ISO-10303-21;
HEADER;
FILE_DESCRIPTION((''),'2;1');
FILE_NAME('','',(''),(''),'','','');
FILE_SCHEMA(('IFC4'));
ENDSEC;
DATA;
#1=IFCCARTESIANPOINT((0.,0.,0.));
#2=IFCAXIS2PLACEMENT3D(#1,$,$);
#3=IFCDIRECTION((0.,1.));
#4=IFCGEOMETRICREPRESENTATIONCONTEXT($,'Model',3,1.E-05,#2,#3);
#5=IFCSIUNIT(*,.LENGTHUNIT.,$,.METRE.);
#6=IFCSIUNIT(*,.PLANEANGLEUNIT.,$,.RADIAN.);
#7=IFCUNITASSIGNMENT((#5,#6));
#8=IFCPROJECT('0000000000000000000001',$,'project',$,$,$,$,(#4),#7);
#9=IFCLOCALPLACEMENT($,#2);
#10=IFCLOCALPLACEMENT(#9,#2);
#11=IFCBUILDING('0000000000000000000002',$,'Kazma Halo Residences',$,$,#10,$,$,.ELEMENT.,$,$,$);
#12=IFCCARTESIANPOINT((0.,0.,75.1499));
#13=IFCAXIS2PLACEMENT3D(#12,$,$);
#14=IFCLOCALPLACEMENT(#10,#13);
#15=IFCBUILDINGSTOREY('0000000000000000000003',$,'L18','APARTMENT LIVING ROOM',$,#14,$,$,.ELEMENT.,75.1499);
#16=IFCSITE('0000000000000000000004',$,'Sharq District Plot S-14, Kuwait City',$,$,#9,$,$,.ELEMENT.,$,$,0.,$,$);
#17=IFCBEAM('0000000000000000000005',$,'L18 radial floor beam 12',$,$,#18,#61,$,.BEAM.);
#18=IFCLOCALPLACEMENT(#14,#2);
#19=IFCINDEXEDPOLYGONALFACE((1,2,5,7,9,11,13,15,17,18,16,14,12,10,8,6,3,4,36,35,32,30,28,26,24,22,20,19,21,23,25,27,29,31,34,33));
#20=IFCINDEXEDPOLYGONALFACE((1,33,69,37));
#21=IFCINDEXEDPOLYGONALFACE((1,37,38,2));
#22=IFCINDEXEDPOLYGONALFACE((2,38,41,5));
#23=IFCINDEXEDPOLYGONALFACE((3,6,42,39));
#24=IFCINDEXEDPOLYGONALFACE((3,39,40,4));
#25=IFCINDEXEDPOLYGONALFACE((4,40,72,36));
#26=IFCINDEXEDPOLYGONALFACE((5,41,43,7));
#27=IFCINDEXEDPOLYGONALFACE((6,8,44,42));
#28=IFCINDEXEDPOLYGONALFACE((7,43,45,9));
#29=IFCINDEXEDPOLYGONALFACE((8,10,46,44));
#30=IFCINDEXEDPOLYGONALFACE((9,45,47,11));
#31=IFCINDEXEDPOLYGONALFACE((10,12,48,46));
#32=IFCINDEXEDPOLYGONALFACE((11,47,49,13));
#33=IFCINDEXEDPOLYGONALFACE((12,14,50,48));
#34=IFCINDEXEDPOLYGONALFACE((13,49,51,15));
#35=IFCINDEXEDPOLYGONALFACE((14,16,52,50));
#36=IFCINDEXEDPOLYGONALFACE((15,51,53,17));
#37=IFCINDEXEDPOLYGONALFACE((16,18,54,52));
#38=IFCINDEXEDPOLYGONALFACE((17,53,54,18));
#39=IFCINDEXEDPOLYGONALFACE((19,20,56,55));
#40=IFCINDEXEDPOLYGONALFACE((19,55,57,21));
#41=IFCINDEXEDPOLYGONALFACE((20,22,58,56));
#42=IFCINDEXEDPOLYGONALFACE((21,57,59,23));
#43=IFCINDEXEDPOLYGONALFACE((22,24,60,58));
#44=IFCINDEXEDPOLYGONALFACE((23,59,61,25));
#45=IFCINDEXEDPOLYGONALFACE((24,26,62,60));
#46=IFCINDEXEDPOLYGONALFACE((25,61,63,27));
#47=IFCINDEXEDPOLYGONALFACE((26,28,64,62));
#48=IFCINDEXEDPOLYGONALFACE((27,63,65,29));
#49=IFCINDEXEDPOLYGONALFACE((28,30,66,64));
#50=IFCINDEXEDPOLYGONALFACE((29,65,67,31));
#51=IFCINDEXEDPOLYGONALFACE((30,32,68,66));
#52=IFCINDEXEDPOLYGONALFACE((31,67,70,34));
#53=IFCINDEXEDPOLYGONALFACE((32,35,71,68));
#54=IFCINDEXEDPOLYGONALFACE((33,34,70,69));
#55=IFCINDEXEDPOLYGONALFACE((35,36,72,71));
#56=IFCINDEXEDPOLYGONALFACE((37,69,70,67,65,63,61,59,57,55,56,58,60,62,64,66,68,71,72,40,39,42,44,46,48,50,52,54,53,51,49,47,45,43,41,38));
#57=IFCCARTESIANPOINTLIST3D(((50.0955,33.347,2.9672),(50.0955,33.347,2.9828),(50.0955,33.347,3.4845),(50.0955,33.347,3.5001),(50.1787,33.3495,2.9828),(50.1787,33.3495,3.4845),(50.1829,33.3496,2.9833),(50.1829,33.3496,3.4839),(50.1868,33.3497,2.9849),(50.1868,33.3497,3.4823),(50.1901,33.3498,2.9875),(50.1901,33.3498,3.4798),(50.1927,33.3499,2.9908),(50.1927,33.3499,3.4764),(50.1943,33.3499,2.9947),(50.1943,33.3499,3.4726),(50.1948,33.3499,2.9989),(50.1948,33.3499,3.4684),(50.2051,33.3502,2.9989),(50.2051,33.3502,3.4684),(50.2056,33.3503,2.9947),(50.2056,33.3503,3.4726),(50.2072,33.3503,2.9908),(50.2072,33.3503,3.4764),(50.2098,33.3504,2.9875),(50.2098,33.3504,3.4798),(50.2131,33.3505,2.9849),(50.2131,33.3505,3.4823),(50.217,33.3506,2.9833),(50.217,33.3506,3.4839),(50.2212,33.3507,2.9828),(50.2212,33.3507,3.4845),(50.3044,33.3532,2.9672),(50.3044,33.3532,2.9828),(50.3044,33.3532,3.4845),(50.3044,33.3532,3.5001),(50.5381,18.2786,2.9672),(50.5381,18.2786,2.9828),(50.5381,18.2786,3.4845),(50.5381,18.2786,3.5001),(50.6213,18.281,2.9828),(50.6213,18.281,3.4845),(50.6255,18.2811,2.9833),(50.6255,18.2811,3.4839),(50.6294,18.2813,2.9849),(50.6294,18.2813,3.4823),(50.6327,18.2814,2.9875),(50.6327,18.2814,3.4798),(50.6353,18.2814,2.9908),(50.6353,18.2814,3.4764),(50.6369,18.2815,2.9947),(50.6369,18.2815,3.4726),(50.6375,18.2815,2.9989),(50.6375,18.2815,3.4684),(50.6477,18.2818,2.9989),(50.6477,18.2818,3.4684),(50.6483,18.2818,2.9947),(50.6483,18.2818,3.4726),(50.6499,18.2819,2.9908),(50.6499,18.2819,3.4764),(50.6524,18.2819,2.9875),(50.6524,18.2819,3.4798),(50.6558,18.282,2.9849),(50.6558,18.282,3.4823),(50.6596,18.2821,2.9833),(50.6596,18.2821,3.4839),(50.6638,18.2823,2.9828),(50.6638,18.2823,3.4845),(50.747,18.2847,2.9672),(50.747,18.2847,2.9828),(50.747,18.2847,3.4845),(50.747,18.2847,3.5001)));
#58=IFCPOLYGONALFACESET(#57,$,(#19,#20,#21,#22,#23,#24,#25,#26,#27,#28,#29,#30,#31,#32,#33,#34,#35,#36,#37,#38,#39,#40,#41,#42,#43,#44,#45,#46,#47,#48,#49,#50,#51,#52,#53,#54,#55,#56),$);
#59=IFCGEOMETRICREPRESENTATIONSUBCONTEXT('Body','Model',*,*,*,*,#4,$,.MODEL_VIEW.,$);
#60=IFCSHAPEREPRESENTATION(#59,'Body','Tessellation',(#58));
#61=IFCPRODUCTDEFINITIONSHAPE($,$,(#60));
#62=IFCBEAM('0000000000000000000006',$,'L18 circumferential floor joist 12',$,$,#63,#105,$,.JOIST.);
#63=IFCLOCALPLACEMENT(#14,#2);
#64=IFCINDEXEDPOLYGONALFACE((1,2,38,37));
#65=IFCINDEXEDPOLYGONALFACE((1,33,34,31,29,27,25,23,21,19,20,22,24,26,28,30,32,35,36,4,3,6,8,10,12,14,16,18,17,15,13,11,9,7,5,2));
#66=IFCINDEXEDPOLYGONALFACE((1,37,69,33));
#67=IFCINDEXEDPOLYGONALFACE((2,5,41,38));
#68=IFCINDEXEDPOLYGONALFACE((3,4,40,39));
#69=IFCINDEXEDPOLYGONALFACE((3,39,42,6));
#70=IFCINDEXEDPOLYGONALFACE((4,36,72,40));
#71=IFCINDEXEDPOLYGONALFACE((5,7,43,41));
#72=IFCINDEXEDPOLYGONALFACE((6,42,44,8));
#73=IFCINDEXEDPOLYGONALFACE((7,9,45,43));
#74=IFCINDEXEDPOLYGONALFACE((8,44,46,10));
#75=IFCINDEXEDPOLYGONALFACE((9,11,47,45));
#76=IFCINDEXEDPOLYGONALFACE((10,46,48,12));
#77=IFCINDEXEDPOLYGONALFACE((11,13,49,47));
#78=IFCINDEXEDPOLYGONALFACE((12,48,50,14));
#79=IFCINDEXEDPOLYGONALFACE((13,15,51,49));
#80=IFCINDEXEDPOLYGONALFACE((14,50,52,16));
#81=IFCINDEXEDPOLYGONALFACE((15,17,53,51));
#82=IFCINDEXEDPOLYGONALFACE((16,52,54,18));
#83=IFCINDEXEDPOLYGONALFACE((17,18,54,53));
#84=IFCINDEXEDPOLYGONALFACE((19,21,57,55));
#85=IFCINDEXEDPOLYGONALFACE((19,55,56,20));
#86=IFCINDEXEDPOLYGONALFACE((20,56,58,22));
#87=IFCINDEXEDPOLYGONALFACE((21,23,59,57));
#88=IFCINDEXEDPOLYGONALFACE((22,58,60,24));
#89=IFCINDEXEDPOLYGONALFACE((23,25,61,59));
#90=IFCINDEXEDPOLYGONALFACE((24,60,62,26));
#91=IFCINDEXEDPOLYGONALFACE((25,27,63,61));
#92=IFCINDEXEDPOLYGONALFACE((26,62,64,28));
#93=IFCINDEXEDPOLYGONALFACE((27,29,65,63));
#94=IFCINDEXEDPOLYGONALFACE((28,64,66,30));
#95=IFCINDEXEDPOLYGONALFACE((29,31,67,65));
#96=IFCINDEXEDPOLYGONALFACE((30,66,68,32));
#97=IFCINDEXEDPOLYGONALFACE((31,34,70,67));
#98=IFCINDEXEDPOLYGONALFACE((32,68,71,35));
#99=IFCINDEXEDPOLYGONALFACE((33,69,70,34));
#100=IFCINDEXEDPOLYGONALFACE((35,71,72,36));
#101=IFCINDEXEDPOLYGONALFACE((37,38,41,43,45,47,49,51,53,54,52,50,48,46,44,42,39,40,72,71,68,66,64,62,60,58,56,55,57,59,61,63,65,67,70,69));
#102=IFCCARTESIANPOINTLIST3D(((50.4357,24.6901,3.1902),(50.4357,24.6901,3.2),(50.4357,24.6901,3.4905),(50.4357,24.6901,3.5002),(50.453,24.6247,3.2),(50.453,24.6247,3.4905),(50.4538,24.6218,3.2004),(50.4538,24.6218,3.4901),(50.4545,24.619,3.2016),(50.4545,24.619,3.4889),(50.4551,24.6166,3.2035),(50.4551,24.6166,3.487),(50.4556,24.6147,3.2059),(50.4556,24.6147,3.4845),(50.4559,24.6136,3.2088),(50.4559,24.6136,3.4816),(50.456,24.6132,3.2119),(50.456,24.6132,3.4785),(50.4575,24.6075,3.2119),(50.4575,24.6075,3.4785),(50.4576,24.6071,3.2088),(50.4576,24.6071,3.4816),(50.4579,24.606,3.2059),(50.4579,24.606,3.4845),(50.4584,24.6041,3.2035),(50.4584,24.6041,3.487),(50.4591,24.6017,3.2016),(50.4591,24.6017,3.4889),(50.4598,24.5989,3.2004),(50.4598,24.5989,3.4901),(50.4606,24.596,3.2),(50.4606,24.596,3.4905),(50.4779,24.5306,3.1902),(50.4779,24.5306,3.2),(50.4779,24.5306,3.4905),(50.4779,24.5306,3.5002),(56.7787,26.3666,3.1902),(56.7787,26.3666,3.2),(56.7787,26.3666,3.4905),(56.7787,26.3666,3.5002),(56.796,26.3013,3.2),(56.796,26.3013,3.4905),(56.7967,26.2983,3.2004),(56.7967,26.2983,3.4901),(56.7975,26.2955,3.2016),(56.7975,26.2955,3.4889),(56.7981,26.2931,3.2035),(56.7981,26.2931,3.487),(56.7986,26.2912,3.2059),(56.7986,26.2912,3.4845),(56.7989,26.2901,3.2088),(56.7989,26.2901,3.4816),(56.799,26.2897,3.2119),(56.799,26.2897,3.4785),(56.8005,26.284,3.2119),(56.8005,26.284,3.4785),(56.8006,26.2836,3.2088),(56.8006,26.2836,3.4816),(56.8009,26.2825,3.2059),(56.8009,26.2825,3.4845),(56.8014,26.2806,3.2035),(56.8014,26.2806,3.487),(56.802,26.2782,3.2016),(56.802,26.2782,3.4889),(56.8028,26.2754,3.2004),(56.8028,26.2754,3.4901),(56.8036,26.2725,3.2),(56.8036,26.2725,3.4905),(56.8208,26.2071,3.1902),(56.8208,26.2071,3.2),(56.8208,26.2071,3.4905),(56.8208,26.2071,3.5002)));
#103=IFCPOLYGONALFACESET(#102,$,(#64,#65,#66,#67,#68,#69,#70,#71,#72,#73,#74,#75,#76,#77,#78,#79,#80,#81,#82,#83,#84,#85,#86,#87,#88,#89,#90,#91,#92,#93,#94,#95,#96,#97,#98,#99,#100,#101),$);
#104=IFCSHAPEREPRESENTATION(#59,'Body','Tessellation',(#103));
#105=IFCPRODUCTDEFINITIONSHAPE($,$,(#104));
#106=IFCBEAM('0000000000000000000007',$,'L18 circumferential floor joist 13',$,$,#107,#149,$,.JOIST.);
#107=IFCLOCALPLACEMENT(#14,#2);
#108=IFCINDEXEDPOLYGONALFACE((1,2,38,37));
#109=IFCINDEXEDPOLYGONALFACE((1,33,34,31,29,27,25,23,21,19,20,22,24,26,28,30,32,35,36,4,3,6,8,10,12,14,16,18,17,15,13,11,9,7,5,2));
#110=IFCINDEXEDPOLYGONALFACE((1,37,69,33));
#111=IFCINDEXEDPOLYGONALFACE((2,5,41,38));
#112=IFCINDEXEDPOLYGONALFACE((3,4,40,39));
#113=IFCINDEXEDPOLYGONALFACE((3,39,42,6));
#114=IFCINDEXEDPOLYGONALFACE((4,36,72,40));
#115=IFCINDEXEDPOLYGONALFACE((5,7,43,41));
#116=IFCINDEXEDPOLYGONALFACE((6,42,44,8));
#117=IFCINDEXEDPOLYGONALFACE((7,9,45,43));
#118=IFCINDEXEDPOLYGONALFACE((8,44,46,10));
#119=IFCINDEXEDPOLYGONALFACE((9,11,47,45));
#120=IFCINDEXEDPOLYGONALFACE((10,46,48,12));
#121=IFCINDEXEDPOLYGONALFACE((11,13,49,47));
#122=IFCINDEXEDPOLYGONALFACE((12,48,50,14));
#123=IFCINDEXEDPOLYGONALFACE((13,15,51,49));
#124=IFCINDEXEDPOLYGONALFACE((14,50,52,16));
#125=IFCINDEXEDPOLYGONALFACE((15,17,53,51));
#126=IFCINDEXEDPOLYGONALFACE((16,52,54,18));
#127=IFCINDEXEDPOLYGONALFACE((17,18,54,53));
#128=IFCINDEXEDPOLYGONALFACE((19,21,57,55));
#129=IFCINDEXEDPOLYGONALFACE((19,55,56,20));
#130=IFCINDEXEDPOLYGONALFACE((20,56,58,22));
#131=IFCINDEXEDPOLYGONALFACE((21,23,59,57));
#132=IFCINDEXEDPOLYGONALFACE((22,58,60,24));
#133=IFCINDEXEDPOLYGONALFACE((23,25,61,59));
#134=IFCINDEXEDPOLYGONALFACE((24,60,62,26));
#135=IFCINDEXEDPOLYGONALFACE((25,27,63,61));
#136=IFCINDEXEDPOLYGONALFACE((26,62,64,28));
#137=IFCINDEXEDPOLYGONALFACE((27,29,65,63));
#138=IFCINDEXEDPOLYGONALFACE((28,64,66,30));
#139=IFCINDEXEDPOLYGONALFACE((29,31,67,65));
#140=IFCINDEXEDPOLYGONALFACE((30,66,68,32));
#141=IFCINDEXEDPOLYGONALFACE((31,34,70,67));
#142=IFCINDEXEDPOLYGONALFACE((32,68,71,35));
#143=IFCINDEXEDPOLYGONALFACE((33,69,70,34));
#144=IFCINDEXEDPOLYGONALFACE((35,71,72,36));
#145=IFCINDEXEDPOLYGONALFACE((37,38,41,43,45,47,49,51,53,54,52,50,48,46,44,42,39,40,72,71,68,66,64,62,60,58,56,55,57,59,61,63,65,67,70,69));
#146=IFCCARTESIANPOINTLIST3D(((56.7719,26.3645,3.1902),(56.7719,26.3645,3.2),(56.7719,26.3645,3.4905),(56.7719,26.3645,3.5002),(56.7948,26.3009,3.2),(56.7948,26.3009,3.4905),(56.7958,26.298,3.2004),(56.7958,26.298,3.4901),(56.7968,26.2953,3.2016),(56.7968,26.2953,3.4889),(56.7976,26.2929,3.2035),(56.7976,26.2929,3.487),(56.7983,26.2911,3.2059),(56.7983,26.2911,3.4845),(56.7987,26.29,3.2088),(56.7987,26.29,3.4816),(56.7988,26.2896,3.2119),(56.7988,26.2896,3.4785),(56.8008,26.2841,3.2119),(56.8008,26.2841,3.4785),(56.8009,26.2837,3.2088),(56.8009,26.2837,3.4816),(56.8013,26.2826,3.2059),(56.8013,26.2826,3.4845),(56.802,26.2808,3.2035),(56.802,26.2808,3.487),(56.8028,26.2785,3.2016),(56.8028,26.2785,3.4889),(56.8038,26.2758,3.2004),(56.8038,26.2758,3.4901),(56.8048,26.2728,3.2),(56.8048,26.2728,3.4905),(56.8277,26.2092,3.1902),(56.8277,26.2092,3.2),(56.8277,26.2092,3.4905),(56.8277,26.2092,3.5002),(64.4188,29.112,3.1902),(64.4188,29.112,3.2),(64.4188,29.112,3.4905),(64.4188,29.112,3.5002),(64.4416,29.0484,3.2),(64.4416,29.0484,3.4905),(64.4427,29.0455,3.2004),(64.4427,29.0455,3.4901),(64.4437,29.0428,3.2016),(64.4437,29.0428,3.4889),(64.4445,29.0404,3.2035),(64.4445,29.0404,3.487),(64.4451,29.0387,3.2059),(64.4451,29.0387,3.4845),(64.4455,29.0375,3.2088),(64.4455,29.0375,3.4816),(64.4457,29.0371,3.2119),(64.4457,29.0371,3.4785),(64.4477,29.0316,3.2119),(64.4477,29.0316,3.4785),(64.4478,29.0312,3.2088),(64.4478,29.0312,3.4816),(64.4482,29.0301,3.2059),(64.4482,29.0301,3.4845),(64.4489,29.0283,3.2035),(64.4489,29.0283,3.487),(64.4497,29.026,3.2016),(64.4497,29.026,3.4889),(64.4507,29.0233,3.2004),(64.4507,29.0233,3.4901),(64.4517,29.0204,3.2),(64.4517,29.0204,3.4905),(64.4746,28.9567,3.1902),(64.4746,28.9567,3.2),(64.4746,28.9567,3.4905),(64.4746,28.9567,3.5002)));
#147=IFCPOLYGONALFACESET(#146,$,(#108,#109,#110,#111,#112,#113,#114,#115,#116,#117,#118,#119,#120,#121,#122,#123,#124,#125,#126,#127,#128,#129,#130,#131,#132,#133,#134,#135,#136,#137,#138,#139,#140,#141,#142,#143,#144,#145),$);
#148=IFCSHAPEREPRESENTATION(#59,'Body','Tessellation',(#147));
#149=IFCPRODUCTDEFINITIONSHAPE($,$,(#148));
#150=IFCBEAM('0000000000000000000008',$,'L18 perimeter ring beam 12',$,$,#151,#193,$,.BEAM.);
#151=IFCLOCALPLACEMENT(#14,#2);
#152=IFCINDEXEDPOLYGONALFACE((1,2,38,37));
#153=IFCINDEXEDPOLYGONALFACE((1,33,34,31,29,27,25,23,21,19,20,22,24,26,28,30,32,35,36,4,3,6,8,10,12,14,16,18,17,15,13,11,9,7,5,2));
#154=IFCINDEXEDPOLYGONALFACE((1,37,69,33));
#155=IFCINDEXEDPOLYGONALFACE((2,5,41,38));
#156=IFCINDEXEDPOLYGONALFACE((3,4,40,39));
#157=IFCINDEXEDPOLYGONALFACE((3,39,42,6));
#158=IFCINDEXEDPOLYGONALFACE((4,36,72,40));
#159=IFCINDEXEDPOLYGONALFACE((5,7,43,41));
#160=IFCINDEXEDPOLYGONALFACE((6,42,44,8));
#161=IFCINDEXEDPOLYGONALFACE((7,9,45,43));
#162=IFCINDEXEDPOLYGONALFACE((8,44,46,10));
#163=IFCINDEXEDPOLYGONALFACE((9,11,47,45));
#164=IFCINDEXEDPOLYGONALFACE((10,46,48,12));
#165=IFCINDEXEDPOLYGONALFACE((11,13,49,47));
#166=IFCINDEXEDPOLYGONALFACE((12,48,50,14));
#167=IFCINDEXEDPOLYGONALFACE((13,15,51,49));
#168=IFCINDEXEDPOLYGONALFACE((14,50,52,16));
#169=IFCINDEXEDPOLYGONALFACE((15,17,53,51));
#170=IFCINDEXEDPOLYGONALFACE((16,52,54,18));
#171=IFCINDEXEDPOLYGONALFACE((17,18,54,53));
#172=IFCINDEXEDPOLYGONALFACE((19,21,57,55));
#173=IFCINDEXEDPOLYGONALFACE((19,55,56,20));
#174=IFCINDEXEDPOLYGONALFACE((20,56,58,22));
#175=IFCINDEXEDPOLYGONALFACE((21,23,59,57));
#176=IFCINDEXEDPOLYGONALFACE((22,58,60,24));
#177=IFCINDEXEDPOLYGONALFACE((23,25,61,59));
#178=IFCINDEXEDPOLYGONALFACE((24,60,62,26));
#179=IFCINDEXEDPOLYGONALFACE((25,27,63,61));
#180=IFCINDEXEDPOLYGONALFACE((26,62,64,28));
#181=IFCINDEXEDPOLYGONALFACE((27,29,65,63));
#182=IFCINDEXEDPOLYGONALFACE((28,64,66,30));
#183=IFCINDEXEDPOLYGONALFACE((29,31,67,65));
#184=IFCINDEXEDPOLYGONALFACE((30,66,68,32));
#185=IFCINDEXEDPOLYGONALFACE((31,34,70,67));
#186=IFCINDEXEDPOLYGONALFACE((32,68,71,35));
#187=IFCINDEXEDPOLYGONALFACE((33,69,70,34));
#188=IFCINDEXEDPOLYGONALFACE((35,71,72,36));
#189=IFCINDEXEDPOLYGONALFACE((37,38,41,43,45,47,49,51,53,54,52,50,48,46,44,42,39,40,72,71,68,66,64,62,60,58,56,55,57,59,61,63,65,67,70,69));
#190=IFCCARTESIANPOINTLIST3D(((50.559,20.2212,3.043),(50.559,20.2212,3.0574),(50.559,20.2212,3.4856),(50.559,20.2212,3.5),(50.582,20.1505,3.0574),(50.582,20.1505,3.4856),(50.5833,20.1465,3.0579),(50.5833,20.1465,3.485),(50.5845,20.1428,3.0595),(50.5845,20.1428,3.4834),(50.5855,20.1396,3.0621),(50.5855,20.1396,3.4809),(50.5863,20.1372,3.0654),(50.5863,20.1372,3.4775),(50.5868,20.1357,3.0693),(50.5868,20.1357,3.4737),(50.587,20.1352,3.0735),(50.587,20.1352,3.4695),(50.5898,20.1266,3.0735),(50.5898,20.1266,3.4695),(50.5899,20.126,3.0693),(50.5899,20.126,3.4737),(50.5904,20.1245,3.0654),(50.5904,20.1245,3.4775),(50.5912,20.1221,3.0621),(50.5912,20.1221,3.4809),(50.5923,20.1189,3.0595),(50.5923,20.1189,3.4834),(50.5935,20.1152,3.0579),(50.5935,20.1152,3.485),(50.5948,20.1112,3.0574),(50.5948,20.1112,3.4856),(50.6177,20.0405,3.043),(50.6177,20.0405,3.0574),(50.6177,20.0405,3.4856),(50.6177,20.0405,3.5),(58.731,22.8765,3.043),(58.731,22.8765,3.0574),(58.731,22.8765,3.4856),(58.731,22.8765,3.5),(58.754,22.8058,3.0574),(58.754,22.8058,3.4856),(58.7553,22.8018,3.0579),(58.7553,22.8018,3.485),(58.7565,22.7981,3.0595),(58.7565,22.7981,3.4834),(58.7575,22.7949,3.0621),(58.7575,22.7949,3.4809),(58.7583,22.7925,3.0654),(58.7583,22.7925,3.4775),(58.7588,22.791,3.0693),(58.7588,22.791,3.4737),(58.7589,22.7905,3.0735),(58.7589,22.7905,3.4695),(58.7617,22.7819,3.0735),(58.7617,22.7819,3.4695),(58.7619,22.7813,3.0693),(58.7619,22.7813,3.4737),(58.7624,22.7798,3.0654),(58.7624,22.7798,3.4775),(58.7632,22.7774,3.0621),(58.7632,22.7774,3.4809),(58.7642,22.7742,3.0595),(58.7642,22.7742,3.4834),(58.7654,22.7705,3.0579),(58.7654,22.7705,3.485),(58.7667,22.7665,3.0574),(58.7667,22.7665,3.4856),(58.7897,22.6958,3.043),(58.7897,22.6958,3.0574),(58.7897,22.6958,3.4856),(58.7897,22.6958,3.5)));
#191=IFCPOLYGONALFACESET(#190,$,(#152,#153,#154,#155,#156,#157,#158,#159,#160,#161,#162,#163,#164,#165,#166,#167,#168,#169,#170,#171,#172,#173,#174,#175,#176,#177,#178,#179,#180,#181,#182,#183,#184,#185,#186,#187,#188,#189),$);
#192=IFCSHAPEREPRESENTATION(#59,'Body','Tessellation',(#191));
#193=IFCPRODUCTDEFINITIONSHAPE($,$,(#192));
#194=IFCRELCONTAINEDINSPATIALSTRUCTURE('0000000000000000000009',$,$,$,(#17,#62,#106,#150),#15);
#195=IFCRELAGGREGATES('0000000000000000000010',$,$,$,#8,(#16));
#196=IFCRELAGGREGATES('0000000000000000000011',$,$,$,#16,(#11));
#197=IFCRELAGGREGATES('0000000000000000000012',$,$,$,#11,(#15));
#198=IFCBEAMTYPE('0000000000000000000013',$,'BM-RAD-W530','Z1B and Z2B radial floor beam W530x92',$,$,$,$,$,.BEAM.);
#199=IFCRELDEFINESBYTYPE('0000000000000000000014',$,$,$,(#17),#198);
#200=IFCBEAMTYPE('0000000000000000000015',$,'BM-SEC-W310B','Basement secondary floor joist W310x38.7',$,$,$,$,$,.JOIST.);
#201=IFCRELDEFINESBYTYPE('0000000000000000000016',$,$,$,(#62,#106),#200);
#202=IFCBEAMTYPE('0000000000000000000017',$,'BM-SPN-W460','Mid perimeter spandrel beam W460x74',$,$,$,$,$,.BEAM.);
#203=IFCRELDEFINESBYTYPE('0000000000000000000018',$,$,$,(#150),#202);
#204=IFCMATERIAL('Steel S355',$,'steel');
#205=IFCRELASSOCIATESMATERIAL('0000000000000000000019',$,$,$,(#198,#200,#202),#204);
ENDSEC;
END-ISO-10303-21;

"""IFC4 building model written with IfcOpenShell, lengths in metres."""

from ifc_helpers import new_model, si_unit, direction, frame, origin, origin_2d, place, context, subcontext, project, spatial, i_section, extrude, material, material_profile, profile_set, type_object, element, save


model = new_model("IFC4")

# Units and contexts
model_context = context("Model", 3, precision=1e-05, world=origin(), true_north=direction((0.0, 1.0)))
body_context = subcontext(model_context, "Body", "Model", "MODEL_VIEW")
ifc_project = project(units=[si_unit("LENGTHUNIT", "METRE"), si_unit("PLANEANGLEUNIT", "RADIAN")], contexts=[model_context])

# Site, building, storey
site_placement = place(None, origin())
site = spatial("IfcSite", under=ifc_project, at=site_placement, Name="Sharq District Plot S-14, Kuwait City", CompositionType="ELEMENT", RefElevation=0.0)
building_placement = place(site_placement, origin())
building = spatial("IfcBuilding", under=site, at=building_placement, Name="Kazma Halo Residences", CompositionType="ELEMENT")
storey_placement = place(building_placement, frame((0.0, 0.0, 75.1499)))
storey = spatial("IfcBuildingStorey", under=building, at=storey_placement, Name="L18", Description="APARTMENT LIVING ROOM", CompositionType="ELEMENT", Elevation=75.1499)

# Beams
ifc_material_1 = material(Name="Steel S355", Category="steel")
ifc_material_profile_1 = material_profile(ifc_material_1, i_section(OverallWidth=0.209, OverallDepth=0.533, WebThickness=0.0103, FlangeThickness=0.0156, FilletRadius=0.0161, at=origin_2d()), Name="W530x92")
ifc_profile_set_1 = profile_set([ifc_material_profile_1], Name="Steel S355")
beam_type_1 = type_object("IfcBeamType", Name="BM-RAD-W530", Description="Z1B and Z2B radial floor beam W530x92", PredefinedType="BEAM", material=ifc_profile_set_1)
beam_1_placement = place(storey_placement, frame((50.2, 33.3501, 3.2336), z_axis=(0.029362, -0.999569, 0.0), x_axis=(0.999569, 0.029362, 0.0)))
element("IfcBeam", 1, at=beam_1_placement, inside=storey, type_object=beam_type_1, Name="L18 radial floor beam 12", PredefinedType="BEAM", context=body_context, shape_type="SweptSolid", body=[
    extrude(i_section(OverallWidth=0.209, OverallDepth=0.533, WebThickness=0.0103, FlangeThickness=0.0156, FilletRadius=0.0161, at=origin_2d()), origin(), (0.0, 0.0, 1.0), 15.075),
])
ifc_material_profile_2 = material_profile(ifc_material_1, i_section(OverallWidth=0.165, OverallDepth=0.3101, WebThickness=0.0059, FlangeThickness=0.0098, FilletRadius=0.012, at=origin_2d()), Name="W310x38.7")
ifc_profile_set_2 = profile_set([ifc_material_profile_2], Name="Steel S355")
beam_type_2 = type_object("IfcBeamType", Name="BM-SEC-W310B", Description="Basement secondary floor joist W310x38.7", PredefinedType="JOIST", material=ifc_profile_set_2)
beam_2_placement = place(storey_placement, frame((50.4568, 24.6104, 3.3452), z_axis=(0.9668, 0.255534, 0.0), x_axis=(-0.255534, 0.9668, 0.0)))
element("IfcBeam", 2, at=beam_2_placement, inside=storey, type_object=beam_type_2, Name="L18 circumferential floor joist 12", PredefinedType="JOIST", context=body_context, shape_type="SweptSolid", body=[
    extrude(i_section(OverallWidth=0.165, OverallDepth=0.3101, WebThickness=0.0059, FlangeThickness=0.0098, FilletRadius=0.012, at=origin_2d()), origin(), (0.0, 0.0, 1.0), 6.5608),
])
beam_3_placement = place(storey_placement, frame((56.7998, 26.2869, 3.3452), z_axis=(0.941097, 0.338136, 0.0), x_axis=(-0.338136, 0.941097, 0.0)))
element("IfcBeam", 3, at=beam_3_placement, inside=storey, type_object=beam_type_2, Name="L18 circumferential floor joist 13", PredefinedType="JOIST", context=body_context, shape_type="SweptSolid", body=[
    extrude(i_section(OverallWidth=0.165, OverallDepth=0.3101, WebThickness=0.0059, FlangeThickness=0.0098, FilletRadius=0.012, at=origin_2d()), origin(), (0.0, 0.0, 1.0), 8.1255),
])
ifc_material_profile_3 = material_profile(ifc_material_1, i_section(OverallWidth=0.1899, OverallDepth=0.457, WebThickness=0.009, FlangeThickness=0.0144, FilletRadius=0.0161, at=origin_2d()), Name="W460x74")
ifc_profile_set_3 = profile_set([ifc_material_profile_3], Name="Steel S355")
beam_type_3 = type_object("IfcBeamType", Name="BM-SPN-W460", Description="Mid perimeter spandrel beam W460x74", PredefinedType="BEAM", material=ifc_profile_set_3)
beam_4_placement = place(storey_placement, frame((50.5884, 20.1309, 3.2715), z_axis=(0.951054, 0.309024, 0.0), x_axis=(-0.309024, 0.951054, 0.0)))
element("IfcBeam", 4, at=beam_4_placement, inside=storey, type_object=beam_type_3, Name="L18 perimeter ring beam 12", PredefinedType="BEAM", context=body_context, shape_type="SweptSolid", body=[
    extrude(i_section(OverallWidth=0.1899, OverallDepth=0.457, WebThickness=0.009, FlangeThickness=0.0144, FilletRadius=0.0161, at=origin_2d()), origin(), (0.0, 0.0, 1.0), 8.5925),
])

save(model, "model.ifc")
